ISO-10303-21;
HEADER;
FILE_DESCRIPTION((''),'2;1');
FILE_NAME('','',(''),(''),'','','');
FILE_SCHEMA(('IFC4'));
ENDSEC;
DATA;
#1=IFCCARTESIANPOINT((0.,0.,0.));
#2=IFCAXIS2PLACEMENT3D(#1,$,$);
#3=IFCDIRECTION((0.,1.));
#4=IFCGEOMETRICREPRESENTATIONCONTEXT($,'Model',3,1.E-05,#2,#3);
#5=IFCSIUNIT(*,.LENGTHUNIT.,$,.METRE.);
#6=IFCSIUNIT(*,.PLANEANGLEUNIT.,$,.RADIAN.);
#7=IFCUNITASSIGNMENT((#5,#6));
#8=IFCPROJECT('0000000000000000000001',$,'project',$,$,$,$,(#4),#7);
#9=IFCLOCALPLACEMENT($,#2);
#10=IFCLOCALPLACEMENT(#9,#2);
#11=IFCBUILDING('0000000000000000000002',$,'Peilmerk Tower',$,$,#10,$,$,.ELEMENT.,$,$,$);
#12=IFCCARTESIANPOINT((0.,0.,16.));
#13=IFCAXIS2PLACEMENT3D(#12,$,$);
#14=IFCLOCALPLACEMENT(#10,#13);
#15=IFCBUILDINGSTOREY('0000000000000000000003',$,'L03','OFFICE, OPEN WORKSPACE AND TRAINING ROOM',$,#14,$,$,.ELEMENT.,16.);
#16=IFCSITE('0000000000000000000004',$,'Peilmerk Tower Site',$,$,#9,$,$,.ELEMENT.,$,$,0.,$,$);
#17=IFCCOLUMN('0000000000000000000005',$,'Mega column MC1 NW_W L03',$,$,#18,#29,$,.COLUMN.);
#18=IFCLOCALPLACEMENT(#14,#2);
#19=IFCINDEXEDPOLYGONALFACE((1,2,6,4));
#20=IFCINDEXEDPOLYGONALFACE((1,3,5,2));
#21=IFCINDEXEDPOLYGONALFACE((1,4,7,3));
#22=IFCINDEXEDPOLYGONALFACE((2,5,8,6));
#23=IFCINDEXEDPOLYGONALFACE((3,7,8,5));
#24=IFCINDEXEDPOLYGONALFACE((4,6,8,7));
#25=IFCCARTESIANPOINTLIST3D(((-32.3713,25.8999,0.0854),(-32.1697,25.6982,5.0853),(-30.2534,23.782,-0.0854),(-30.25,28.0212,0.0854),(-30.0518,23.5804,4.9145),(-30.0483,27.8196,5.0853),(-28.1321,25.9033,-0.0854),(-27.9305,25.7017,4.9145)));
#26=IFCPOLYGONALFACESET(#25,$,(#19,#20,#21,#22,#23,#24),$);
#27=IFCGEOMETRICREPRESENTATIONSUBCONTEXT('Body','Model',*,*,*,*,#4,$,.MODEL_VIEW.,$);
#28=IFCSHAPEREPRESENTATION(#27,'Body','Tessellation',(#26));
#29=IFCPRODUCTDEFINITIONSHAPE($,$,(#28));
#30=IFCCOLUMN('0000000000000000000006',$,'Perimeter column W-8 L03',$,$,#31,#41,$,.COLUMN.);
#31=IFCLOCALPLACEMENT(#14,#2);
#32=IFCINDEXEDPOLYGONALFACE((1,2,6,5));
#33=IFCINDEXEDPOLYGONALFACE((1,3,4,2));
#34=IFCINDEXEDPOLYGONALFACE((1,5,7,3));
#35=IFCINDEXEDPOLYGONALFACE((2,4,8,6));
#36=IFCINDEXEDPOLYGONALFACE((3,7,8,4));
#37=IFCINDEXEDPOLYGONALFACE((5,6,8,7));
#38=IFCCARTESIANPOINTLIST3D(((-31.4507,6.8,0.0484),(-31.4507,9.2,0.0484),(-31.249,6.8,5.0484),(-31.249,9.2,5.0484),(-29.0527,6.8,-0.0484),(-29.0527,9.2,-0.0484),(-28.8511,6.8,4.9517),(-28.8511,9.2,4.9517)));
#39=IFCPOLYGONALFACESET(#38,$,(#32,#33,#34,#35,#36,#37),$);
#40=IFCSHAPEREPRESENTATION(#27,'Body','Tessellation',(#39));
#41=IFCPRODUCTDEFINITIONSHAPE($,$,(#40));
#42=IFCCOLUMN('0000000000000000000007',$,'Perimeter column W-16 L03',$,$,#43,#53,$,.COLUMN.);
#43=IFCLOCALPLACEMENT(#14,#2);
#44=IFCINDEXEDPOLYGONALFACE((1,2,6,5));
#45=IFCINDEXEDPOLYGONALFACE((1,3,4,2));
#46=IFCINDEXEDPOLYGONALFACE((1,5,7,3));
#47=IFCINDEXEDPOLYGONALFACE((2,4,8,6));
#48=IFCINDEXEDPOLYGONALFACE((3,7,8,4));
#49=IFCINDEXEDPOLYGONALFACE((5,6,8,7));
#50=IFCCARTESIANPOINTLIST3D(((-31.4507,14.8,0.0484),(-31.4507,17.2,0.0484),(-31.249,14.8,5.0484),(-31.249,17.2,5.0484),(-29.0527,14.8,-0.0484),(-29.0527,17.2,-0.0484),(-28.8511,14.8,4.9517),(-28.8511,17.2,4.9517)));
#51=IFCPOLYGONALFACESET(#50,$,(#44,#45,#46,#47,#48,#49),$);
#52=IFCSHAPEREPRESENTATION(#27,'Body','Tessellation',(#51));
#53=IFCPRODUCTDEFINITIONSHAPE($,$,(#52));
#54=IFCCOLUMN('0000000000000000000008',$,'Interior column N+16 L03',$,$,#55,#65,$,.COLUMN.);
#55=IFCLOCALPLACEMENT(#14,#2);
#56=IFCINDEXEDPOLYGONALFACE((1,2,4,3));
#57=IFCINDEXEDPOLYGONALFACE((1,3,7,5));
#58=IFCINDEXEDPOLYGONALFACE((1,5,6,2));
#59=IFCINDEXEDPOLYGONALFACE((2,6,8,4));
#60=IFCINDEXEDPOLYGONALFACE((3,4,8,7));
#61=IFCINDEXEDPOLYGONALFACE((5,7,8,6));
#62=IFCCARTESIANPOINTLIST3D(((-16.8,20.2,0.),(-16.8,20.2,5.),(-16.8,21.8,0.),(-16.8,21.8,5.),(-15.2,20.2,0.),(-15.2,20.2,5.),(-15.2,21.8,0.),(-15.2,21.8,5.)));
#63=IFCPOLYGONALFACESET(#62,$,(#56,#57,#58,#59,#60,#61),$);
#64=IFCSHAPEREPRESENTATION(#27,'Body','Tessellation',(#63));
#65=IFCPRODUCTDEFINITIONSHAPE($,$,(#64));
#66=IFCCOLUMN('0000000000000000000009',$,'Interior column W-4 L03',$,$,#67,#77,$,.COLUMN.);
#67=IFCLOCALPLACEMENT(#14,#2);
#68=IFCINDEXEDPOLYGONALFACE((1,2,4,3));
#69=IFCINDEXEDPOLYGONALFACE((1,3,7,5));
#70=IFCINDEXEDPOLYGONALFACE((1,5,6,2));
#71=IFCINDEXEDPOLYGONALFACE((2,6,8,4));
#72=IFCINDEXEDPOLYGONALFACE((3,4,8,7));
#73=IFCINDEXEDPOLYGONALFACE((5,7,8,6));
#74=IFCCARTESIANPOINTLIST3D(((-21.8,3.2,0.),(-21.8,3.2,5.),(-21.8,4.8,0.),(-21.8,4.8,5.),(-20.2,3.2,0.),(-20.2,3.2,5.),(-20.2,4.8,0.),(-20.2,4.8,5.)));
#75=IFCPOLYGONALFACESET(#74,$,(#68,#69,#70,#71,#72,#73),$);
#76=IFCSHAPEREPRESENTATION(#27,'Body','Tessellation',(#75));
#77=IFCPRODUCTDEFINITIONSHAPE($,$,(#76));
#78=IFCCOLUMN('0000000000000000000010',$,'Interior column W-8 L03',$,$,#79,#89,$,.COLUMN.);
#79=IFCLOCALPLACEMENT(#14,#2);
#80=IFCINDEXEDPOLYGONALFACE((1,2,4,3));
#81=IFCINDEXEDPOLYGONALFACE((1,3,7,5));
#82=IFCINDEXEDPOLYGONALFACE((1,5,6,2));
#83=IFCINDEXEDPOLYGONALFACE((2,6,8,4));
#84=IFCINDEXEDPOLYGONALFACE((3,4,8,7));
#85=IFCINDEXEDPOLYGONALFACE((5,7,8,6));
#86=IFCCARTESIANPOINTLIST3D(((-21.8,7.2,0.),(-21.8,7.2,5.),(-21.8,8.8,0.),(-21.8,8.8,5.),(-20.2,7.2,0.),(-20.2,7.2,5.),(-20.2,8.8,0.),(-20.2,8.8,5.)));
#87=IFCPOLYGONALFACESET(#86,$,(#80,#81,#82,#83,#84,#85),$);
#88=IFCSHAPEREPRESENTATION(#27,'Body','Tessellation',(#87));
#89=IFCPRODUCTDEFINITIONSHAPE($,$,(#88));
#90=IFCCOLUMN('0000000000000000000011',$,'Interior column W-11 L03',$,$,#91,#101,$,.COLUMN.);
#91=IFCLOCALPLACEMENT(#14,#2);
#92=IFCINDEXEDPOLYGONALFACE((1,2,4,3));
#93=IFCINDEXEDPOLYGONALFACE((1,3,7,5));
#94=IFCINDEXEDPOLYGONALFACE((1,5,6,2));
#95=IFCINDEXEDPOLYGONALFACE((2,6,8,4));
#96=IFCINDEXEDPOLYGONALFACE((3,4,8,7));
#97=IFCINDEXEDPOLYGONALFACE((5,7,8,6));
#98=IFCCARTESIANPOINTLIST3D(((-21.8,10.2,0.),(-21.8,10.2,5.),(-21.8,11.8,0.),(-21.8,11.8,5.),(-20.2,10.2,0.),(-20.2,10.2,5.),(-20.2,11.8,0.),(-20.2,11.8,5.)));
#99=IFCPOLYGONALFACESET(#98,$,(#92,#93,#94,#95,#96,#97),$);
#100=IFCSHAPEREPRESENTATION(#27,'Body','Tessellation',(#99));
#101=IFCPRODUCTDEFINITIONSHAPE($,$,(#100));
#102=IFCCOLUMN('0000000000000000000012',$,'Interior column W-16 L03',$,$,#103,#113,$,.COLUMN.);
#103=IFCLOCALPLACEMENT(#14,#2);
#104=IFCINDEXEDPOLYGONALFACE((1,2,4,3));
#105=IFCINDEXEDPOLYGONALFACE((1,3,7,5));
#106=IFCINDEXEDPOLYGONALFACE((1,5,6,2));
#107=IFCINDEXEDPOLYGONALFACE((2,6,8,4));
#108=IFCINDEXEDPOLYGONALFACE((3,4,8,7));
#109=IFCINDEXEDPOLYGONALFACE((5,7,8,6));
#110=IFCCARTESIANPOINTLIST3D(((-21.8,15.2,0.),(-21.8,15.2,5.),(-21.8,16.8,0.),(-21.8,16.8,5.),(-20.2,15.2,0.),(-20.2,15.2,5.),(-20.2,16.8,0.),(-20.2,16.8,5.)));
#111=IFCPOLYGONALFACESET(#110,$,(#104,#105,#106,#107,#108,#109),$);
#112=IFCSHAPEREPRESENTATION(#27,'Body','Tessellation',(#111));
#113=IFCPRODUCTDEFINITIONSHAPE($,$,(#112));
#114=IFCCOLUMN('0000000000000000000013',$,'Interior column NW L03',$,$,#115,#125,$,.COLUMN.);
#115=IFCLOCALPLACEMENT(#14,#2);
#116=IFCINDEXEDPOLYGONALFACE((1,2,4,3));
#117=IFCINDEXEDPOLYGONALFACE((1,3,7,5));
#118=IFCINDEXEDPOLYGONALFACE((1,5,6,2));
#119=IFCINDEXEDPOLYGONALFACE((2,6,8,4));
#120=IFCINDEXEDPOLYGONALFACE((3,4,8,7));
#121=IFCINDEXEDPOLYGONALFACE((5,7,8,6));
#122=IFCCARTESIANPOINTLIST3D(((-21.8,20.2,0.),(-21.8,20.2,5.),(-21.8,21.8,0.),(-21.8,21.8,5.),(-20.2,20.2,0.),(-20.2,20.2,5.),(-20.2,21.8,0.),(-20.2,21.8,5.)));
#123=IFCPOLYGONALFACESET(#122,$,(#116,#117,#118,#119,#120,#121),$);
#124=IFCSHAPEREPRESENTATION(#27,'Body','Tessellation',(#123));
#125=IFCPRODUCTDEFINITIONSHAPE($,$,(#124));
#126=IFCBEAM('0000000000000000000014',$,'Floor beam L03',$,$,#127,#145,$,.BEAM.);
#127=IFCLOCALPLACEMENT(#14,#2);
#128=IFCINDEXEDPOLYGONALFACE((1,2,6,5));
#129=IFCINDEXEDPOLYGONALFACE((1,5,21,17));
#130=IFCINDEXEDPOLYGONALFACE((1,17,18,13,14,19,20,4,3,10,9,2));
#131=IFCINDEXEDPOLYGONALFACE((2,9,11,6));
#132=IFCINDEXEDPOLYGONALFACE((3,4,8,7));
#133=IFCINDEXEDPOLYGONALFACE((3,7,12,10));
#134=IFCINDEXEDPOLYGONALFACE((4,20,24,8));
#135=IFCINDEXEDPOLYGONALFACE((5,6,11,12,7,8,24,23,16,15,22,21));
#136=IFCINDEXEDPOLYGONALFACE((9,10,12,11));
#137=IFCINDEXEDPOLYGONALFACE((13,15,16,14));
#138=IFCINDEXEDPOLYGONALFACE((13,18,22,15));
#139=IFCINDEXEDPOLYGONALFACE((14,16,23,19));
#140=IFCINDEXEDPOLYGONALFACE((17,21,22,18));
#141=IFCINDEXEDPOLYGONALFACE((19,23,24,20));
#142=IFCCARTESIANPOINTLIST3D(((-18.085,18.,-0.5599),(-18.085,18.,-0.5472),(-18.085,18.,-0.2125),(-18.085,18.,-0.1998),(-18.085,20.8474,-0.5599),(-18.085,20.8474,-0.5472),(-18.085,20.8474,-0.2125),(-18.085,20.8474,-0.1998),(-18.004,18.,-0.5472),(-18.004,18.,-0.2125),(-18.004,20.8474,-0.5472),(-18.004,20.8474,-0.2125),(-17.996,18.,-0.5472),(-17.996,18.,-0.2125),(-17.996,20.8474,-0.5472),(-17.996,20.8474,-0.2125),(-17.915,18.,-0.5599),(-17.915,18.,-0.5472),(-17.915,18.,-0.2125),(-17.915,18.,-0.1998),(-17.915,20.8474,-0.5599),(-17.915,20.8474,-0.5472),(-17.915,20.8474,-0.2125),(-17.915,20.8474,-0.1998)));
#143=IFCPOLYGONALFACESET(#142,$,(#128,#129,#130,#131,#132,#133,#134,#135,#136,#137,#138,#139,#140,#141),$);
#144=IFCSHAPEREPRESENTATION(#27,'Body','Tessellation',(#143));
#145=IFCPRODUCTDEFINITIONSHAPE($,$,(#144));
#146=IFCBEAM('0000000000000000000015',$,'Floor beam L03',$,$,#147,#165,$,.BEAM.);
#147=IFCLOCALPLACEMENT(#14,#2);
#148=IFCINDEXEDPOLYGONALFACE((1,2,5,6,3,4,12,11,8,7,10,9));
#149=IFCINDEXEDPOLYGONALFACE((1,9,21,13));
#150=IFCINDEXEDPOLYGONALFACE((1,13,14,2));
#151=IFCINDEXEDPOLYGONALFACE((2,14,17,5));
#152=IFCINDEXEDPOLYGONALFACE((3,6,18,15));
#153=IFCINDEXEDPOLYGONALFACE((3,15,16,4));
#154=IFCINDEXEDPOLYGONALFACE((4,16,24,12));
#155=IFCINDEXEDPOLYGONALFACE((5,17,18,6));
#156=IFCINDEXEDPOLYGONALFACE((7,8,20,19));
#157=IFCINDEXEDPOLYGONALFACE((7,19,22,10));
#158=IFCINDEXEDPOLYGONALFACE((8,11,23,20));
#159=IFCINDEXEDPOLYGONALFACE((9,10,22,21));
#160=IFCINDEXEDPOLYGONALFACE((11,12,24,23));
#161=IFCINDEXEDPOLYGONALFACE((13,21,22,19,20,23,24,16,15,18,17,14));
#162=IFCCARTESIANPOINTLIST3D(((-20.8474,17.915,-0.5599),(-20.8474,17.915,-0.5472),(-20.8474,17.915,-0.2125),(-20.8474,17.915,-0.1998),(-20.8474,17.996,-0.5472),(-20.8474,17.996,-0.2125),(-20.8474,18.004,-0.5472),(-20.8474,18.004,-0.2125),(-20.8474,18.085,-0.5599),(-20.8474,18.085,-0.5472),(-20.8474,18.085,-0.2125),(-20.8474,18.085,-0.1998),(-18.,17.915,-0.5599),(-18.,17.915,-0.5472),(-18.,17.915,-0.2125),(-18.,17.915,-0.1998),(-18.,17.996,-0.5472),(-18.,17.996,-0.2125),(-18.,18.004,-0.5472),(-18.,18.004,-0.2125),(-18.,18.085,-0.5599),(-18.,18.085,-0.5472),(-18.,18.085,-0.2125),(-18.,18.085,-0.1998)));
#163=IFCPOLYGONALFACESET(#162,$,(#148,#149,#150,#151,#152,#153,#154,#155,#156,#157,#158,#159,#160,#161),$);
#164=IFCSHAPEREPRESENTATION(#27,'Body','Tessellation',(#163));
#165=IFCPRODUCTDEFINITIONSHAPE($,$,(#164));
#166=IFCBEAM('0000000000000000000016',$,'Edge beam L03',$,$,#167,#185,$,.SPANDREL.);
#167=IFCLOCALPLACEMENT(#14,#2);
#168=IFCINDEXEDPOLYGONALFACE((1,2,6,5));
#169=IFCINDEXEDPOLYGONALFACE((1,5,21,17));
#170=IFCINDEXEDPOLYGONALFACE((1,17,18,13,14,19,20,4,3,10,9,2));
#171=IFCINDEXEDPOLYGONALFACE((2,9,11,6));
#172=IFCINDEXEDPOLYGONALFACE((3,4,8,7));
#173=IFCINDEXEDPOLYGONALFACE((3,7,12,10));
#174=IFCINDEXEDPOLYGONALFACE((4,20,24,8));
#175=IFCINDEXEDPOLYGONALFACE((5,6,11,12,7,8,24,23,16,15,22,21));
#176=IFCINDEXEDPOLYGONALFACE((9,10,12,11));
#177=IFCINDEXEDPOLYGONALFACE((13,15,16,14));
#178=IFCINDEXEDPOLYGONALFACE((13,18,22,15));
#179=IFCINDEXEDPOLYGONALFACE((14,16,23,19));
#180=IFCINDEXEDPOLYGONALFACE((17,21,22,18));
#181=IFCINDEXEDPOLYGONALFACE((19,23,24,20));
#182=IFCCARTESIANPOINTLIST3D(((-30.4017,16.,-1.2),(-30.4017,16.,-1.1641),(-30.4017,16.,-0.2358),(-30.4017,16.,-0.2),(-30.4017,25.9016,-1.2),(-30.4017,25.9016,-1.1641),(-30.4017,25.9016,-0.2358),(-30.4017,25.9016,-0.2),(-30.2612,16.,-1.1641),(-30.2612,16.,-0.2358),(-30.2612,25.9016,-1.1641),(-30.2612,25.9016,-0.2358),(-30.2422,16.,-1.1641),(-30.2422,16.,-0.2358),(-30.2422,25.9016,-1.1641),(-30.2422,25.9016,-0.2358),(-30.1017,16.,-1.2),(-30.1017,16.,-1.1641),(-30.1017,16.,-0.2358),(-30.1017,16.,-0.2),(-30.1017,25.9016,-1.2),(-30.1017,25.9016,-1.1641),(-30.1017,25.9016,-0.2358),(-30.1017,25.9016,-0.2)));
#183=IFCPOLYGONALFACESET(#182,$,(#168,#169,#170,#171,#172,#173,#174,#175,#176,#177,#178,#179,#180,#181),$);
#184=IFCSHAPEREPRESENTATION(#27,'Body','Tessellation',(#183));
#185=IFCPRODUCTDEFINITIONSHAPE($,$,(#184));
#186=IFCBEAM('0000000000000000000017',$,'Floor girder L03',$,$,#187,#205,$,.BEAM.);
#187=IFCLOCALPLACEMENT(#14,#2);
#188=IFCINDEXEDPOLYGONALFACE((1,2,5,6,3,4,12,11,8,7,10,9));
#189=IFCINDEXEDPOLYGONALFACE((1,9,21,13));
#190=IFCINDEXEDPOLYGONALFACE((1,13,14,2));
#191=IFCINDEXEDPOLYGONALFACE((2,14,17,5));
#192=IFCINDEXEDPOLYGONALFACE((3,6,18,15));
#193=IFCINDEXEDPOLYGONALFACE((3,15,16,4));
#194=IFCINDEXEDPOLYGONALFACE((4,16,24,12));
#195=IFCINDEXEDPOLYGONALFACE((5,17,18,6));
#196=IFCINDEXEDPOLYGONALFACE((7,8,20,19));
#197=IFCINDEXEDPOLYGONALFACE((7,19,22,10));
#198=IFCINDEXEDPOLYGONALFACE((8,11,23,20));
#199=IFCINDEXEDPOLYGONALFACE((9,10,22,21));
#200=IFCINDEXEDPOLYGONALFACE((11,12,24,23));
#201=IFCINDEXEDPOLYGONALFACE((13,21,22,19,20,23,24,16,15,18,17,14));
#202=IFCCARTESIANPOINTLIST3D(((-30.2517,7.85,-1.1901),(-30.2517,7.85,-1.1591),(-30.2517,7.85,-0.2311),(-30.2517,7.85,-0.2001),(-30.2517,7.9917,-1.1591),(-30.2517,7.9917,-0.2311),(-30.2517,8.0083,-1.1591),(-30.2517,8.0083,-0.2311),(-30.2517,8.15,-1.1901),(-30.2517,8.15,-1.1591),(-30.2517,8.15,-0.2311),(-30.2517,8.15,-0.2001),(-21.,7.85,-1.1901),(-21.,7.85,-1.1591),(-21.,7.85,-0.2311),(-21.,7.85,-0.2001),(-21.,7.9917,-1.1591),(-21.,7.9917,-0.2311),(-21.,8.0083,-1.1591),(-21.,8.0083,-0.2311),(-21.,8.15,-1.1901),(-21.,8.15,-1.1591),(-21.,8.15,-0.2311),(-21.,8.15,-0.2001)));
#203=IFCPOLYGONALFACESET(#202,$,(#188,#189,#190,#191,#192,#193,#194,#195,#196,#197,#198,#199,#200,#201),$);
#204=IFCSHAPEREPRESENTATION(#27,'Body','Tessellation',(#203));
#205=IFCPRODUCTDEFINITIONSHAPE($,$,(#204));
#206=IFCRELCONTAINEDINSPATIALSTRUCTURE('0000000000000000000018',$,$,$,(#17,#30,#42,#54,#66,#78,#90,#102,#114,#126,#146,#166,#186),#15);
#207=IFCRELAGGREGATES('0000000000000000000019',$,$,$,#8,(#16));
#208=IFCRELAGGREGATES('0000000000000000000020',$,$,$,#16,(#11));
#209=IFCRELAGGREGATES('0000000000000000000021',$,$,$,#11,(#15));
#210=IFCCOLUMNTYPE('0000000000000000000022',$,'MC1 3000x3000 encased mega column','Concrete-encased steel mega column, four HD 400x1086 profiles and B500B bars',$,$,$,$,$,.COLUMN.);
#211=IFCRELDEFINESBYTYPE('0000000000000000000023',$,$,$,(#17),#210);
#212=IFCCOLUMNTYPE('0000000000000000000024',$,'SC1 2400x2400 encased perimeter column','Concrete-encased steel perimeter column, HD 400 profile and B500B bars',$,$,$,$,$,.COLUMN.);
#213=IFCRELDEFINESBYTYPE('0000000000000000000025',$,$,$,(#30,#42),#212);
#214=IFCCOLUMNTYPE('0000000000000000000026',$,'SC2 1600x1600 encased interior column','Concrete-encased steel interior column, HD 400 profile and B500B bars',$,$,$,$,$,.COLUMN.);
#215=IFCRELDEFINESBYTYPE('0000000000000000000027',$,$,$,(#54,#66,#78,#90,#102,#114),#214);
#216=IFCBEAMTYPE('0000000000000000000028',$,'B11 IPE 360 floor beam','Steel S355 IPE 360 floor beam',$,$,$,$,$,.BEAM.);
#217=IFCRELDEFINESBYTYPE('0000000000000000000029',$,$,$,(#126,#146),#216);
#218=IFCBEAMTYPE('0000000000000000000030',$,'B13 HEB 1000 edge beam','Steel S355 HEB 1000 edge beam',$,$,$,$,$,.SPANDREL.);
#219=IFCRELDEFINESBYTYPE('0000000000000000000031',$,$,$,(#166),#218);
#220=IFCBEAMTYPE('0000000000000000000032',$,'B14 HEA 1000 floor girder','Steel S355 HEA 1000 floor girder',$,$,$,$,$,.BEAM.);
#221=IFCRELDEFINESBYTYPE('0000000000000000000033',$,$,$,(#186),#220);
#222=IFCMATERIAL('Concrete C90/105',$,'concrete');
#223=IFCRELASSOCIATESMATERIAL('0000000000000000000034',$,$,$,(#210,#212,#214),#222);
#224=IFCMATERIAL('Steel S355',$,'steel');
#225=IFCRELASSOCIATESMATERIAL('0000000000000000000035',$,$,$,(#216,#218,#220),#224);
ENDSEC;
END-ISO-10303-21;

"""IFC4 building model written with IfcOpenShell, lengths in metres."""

from ifc_helpers import new_model, si_unit, direction, frame, origin, origin_2d, place, context, subcontext, project, spatial, rectangle, i_section, extrude, material, material_profile, profile_set, type_object, element, save


model = new_model("IFC4")

# Units and contexts
model_context = context("Model", 3, precision=1e-05, world=origin(), true_north=direction((0.0, 1.0)))
body_context = subcontext(model_context, "Body", "Model", "MODEL_VIEW")
ifc_project = project(units=[si_unit("LENGTHUNIT", "METRE"), si_unit("PLANEANGLEUNIT", "RADIAN")], contexts=[model_context])

# Site, building, storey
site_placement = place(None, origin())
site = spatial("IfcSite", under=ifc_project, at=site_placement, Name="Peilmerk Tower Site", CompositionType="ELEMENT", RefElevation=0.0)
building_placement = place(site_placement, origin())
building = spatial("IfcBuilding", under=site, at=building_placement, Name="Peilmerk Tower", CompositionType="ELEMENT")
storey_placement = place(building_placement, frame((0.0, 0.0, 16.0)))
storey = spatial("IfcBuildingStorey", under=building, at=storey_placement, Name="L03", Description="OFFICE, OPEN WORKSPACE AND TRAINING ROOM", CompositionType="ELEMENT", Elevation=16.0)

# Columns
ifc_material_1 = material(Name="Concrete C90/105", Category="concrete")
ifc_material_profile_1 = material_profile(ifc_material_1, rectangle(XDim=3.0, YDim=3.0, at=origin_2d()), Name="RC 3000x3000")
ifc_profile_set_1 = profile_set([ifc_material_profile_1], Name="Concrete C90/105")
column_type_1 = type_object("IfcColumnType", Name="MC1 3000x3000 encased mega column", Description="Concrete-encased steel mega column, four HD 400x1086 profiles and B500B bars", PredefinedType="COLUMN", material=ifc_profile_set_1)
column_placement = place(storey_placement, frame((-30.2517, 25.9016, 0.0), z_axis=(0.040267, -0.040267, 0.998377), x_axis=(0.707107, 0.707107, 0.0)))
element("IfcColumn", 1, at=column_placement, inside=storey, type_object=column_type_1, Name="Mega column MC1 NW_W L03", PredefinedType="COLUMN", context=body_context, shape_type="SweptSolid", body=[
    extrude(rectangle(XDim=3.0, YDim=3.0, at=origin_2d()), origin(), (0.0, 0.0, 1.0), 5.0081),
])
ifc_material_profile_2 = material_profile(ifc_material_1, rectangle(XDim=2.3999, YDim=2.3999, at=origin_2d()), Name="RC 2400x2400")
ifc_profile_set_2 = profile_set([ifc_material_profile_2], Name="Concrete C90/105")
column_type_2 = type_object("IfcColumnType", Name="SC1 2400x2400 encased perimeter column", Description="Concrete-encased steel perimeter column, HD 400 profile and B500B bars", PredefinedType="COLUMN", material=ifc_profile_set_2)
for number, where, z_axis, x_axis, name in (
    (2, (-30.2517, 8.0, 0.0), (0.040299, 0.0, 0.999188), (0.0, 1.0, 0.0), "Perimeter column W-8 L03"),
    (3, (-30.2517, 16.0, 0.0), (0.040299, 0.0, 0.999188), (0.0, 1.0, 0.0), "Perimeter column W-16 L03"),
):
    element("IfcColumn", number, at=place(storey_placement, frame(where, z_axis=z_axis, x_axis=x_axis)), inside=storey, type_object=column_type_2, Name=name, PredefinedType="COLUMN", context=body_context, shape_type="SweptSolid", body=[
        extrude(rectangle(XDim=2.3999, YDim=2.3999, at=origin_2d()), origin(), (0.0, 0.0, 1.0), 5.0042),
    ])
ifc_material_profile_3 = material_profile(ifc_material_1, rectangle(XDim=1.6001, YDim=1.6001, at=origin_2d()), Name="RC 1600x1600")
ifc_profile_set_3 = profile_set([ifc_material_profile_3], Name="Concrete C90/105")
column_type_3 = type_object("IfcColumnType", Name="SC2 1600x1600 encased interior column", Description="Concrete-encased steel interior column, HD 400 profile and B500B bars", PredefinedType="COLUMN", material=ifc_profile_set_3)
for number, where, z_axis, x_axis, name in (
    (4, (-16.0, 21.0, 0.0), (0.0, 0.0, 1.0), (1.0, 0.0, 0.0), "Interior column N+16 L03"),
    (5, (-21.0, 4.0, 0.0), (0.0, 0.0, 1.0), (1.0, 0.0, 0.0), "Interior column W-4 L03"),
    (6, (-21.0, 8.0, 0.0), (0.0, 0.0, 1.0), (1.0, 0.0, 0.0), "Interior column W-8 L03"),
    (7, (-21.0, 11.0, 0.0), (0.0, 0.0, 1.0), (1.0, 0.0, 0.0), "Interior column W-11 L03"),
    (8, (-21.0, 16.0, 0.0), (0.0, 0.0, 1.0), (1.0, 0.0, 0.0), "Interior column W-16 L03"),
    (9, (-21.0, 21.0, 0.0), (0.0, 0.0, 1.0), (1.0, 0.0, 0.0), "Interior column NW L03"),
):
    element("IfcColumn", number, at=place(storey_placement, frame(where, z_axis=z_axis, x_axis=x_axis)), inside=storey, type_object=column_type_3, Name=name, PredefinedType="COLUMN", context=body_context, shape_type="SweptSolid", body=[
        extrude(rectangle(XDim=1.6001, YDim=1.6001, at=origin_2d()), origin(), (0.0, 0.0, 1.0), 5.0),
    ])

# Beams
ifc_material_2 = material(Name="Steel S355", Category="steel")
ifc_material_profile_4 = material_profile(ifc_material_2, i_section(OverallWidth=0.1699, OverallDepth=0.3601, WebThickness=0.0081, FlangeThickness=0.0127, at=origin_2d()), Name="IPE 360")
ifc_profile_set_4 = profile_set([ifc_material_profile_4], Name="Steel S355")
beam_type_1 = type_object("IfcBeamType", Name="B11 IPE 360 floor beam", Description="Steel S355 IPE 360 floor beam", PredefinedType="BEAM", material=ifc_profile_set_4)
for number, where, z_axis, x_axis, name in (
    (10, (-18.0, 18.0, -0.3799), (0.0, 1.0, 0.0), (-1.0, 0.0, 0.0), "Floor beam L03"),
    (11, (-18.0, 18.0, -0.3799), (-1.0, 0.0, 0.0), (0.0, -1.0, 0.0), "Floor beam L03"),
):
    element("IfcBeam", number, at=place(storey_placement, frame(where, z_axis=z_axis, x_axis=x_axis)), inside=storey, type_object=beam_type_1, Name=name, PredefinedType="BEAM", context=body_context, shape_type="SweptSolid", body=[
        extrude(i_section(OverallWidth=0.1699, OverallDepth=0.3601, WebThickness=0.0081, FlangeThickness=0.0127, at=origin_2d()), origin(), (0.0, 0.0, 1.0), 2.8474),
    ])
ifc_material_profile_5 = material_profile(ifc_material_2, i_section(OverallWidth=0.3, OverallDepth=1.0, WebThickness=0.019, FlangeThickness=0.0359, at=origin_2d()), Name="HEB 1000")
ifc_profile_set_5 = profile_set([ifc_material_profile_5], Name="Steel S355")
beam_type_2 = type_object("IfcBeamType", Name="B13 HEB 1000 edge beam", Description="Steel S355 HEB 1000 edge beam", PredefinedType="SPANDREL", material=ifc_profile_set_5)
beam_1_placement = place(storey_placement, frame((-30.2517, 25.9016, -0.7), z_axis=(0.0, -1.0, 0.0), x_axis=(1.0, 0.0, 0.0)))
element("IfcBeam", 12, at=beam_1_placement, inside=storey, type_object=beam_type_2, Name="Edge beam L03", PredefinedType="SPANDREL", context=body_context, shape_type="SweptSolid", body=[
    extrude(i_section(OverallWidth=0.3, OverallDepth=1.0, WebThickness=0.019, FlangeThickness=0.0359, at=origin_2d()), origin(), (0.0, 0.0, 1.0), 9.9016),
])
ifc_material_profile_6 = material_profile(ifc_material_2, i_section(OverallWidth=0.3, OverallDepth=0.99, WebThickness=0.0166, FlangeThickness=0.031, at=origin_2d()), Name="HEA 1000")
ifc_profile_set_6 = profile_set([ifc_material_profile_6], Name="Steel S355")
beam_type_3 = type_object("IfcBeamType", Name="B14 HEA 1000 floor girder", Description="Steel S355 HEA 1000 floor girder", PredefinedType="BEAM", material=ifc_profile_set_6)
beam_2_placement = place(storey_placement, frame((-21.0, 8.0, -0.6951), z_axis=(-1.0, 0.0, 0.0), x_axis=(0.0, -1.0, 0.0)))
element("IfcBeam", 13, at=beam_2_placement, inside=storey, type_object=beam_type_3, Name="Floor girder L03", PredefinedType="BEAM", context=body_context, shape_type="SweptSolid", body=[
    extrude(i_section(OverallWidth=0.3, OverallDepth=0.99, WebThickness=0.0166, FlangeThickness=0.031, at=origin_2d()), origin(), (0.0, 0.0, 1.0), 9.2517),
])

save(model, "model.ifc")
